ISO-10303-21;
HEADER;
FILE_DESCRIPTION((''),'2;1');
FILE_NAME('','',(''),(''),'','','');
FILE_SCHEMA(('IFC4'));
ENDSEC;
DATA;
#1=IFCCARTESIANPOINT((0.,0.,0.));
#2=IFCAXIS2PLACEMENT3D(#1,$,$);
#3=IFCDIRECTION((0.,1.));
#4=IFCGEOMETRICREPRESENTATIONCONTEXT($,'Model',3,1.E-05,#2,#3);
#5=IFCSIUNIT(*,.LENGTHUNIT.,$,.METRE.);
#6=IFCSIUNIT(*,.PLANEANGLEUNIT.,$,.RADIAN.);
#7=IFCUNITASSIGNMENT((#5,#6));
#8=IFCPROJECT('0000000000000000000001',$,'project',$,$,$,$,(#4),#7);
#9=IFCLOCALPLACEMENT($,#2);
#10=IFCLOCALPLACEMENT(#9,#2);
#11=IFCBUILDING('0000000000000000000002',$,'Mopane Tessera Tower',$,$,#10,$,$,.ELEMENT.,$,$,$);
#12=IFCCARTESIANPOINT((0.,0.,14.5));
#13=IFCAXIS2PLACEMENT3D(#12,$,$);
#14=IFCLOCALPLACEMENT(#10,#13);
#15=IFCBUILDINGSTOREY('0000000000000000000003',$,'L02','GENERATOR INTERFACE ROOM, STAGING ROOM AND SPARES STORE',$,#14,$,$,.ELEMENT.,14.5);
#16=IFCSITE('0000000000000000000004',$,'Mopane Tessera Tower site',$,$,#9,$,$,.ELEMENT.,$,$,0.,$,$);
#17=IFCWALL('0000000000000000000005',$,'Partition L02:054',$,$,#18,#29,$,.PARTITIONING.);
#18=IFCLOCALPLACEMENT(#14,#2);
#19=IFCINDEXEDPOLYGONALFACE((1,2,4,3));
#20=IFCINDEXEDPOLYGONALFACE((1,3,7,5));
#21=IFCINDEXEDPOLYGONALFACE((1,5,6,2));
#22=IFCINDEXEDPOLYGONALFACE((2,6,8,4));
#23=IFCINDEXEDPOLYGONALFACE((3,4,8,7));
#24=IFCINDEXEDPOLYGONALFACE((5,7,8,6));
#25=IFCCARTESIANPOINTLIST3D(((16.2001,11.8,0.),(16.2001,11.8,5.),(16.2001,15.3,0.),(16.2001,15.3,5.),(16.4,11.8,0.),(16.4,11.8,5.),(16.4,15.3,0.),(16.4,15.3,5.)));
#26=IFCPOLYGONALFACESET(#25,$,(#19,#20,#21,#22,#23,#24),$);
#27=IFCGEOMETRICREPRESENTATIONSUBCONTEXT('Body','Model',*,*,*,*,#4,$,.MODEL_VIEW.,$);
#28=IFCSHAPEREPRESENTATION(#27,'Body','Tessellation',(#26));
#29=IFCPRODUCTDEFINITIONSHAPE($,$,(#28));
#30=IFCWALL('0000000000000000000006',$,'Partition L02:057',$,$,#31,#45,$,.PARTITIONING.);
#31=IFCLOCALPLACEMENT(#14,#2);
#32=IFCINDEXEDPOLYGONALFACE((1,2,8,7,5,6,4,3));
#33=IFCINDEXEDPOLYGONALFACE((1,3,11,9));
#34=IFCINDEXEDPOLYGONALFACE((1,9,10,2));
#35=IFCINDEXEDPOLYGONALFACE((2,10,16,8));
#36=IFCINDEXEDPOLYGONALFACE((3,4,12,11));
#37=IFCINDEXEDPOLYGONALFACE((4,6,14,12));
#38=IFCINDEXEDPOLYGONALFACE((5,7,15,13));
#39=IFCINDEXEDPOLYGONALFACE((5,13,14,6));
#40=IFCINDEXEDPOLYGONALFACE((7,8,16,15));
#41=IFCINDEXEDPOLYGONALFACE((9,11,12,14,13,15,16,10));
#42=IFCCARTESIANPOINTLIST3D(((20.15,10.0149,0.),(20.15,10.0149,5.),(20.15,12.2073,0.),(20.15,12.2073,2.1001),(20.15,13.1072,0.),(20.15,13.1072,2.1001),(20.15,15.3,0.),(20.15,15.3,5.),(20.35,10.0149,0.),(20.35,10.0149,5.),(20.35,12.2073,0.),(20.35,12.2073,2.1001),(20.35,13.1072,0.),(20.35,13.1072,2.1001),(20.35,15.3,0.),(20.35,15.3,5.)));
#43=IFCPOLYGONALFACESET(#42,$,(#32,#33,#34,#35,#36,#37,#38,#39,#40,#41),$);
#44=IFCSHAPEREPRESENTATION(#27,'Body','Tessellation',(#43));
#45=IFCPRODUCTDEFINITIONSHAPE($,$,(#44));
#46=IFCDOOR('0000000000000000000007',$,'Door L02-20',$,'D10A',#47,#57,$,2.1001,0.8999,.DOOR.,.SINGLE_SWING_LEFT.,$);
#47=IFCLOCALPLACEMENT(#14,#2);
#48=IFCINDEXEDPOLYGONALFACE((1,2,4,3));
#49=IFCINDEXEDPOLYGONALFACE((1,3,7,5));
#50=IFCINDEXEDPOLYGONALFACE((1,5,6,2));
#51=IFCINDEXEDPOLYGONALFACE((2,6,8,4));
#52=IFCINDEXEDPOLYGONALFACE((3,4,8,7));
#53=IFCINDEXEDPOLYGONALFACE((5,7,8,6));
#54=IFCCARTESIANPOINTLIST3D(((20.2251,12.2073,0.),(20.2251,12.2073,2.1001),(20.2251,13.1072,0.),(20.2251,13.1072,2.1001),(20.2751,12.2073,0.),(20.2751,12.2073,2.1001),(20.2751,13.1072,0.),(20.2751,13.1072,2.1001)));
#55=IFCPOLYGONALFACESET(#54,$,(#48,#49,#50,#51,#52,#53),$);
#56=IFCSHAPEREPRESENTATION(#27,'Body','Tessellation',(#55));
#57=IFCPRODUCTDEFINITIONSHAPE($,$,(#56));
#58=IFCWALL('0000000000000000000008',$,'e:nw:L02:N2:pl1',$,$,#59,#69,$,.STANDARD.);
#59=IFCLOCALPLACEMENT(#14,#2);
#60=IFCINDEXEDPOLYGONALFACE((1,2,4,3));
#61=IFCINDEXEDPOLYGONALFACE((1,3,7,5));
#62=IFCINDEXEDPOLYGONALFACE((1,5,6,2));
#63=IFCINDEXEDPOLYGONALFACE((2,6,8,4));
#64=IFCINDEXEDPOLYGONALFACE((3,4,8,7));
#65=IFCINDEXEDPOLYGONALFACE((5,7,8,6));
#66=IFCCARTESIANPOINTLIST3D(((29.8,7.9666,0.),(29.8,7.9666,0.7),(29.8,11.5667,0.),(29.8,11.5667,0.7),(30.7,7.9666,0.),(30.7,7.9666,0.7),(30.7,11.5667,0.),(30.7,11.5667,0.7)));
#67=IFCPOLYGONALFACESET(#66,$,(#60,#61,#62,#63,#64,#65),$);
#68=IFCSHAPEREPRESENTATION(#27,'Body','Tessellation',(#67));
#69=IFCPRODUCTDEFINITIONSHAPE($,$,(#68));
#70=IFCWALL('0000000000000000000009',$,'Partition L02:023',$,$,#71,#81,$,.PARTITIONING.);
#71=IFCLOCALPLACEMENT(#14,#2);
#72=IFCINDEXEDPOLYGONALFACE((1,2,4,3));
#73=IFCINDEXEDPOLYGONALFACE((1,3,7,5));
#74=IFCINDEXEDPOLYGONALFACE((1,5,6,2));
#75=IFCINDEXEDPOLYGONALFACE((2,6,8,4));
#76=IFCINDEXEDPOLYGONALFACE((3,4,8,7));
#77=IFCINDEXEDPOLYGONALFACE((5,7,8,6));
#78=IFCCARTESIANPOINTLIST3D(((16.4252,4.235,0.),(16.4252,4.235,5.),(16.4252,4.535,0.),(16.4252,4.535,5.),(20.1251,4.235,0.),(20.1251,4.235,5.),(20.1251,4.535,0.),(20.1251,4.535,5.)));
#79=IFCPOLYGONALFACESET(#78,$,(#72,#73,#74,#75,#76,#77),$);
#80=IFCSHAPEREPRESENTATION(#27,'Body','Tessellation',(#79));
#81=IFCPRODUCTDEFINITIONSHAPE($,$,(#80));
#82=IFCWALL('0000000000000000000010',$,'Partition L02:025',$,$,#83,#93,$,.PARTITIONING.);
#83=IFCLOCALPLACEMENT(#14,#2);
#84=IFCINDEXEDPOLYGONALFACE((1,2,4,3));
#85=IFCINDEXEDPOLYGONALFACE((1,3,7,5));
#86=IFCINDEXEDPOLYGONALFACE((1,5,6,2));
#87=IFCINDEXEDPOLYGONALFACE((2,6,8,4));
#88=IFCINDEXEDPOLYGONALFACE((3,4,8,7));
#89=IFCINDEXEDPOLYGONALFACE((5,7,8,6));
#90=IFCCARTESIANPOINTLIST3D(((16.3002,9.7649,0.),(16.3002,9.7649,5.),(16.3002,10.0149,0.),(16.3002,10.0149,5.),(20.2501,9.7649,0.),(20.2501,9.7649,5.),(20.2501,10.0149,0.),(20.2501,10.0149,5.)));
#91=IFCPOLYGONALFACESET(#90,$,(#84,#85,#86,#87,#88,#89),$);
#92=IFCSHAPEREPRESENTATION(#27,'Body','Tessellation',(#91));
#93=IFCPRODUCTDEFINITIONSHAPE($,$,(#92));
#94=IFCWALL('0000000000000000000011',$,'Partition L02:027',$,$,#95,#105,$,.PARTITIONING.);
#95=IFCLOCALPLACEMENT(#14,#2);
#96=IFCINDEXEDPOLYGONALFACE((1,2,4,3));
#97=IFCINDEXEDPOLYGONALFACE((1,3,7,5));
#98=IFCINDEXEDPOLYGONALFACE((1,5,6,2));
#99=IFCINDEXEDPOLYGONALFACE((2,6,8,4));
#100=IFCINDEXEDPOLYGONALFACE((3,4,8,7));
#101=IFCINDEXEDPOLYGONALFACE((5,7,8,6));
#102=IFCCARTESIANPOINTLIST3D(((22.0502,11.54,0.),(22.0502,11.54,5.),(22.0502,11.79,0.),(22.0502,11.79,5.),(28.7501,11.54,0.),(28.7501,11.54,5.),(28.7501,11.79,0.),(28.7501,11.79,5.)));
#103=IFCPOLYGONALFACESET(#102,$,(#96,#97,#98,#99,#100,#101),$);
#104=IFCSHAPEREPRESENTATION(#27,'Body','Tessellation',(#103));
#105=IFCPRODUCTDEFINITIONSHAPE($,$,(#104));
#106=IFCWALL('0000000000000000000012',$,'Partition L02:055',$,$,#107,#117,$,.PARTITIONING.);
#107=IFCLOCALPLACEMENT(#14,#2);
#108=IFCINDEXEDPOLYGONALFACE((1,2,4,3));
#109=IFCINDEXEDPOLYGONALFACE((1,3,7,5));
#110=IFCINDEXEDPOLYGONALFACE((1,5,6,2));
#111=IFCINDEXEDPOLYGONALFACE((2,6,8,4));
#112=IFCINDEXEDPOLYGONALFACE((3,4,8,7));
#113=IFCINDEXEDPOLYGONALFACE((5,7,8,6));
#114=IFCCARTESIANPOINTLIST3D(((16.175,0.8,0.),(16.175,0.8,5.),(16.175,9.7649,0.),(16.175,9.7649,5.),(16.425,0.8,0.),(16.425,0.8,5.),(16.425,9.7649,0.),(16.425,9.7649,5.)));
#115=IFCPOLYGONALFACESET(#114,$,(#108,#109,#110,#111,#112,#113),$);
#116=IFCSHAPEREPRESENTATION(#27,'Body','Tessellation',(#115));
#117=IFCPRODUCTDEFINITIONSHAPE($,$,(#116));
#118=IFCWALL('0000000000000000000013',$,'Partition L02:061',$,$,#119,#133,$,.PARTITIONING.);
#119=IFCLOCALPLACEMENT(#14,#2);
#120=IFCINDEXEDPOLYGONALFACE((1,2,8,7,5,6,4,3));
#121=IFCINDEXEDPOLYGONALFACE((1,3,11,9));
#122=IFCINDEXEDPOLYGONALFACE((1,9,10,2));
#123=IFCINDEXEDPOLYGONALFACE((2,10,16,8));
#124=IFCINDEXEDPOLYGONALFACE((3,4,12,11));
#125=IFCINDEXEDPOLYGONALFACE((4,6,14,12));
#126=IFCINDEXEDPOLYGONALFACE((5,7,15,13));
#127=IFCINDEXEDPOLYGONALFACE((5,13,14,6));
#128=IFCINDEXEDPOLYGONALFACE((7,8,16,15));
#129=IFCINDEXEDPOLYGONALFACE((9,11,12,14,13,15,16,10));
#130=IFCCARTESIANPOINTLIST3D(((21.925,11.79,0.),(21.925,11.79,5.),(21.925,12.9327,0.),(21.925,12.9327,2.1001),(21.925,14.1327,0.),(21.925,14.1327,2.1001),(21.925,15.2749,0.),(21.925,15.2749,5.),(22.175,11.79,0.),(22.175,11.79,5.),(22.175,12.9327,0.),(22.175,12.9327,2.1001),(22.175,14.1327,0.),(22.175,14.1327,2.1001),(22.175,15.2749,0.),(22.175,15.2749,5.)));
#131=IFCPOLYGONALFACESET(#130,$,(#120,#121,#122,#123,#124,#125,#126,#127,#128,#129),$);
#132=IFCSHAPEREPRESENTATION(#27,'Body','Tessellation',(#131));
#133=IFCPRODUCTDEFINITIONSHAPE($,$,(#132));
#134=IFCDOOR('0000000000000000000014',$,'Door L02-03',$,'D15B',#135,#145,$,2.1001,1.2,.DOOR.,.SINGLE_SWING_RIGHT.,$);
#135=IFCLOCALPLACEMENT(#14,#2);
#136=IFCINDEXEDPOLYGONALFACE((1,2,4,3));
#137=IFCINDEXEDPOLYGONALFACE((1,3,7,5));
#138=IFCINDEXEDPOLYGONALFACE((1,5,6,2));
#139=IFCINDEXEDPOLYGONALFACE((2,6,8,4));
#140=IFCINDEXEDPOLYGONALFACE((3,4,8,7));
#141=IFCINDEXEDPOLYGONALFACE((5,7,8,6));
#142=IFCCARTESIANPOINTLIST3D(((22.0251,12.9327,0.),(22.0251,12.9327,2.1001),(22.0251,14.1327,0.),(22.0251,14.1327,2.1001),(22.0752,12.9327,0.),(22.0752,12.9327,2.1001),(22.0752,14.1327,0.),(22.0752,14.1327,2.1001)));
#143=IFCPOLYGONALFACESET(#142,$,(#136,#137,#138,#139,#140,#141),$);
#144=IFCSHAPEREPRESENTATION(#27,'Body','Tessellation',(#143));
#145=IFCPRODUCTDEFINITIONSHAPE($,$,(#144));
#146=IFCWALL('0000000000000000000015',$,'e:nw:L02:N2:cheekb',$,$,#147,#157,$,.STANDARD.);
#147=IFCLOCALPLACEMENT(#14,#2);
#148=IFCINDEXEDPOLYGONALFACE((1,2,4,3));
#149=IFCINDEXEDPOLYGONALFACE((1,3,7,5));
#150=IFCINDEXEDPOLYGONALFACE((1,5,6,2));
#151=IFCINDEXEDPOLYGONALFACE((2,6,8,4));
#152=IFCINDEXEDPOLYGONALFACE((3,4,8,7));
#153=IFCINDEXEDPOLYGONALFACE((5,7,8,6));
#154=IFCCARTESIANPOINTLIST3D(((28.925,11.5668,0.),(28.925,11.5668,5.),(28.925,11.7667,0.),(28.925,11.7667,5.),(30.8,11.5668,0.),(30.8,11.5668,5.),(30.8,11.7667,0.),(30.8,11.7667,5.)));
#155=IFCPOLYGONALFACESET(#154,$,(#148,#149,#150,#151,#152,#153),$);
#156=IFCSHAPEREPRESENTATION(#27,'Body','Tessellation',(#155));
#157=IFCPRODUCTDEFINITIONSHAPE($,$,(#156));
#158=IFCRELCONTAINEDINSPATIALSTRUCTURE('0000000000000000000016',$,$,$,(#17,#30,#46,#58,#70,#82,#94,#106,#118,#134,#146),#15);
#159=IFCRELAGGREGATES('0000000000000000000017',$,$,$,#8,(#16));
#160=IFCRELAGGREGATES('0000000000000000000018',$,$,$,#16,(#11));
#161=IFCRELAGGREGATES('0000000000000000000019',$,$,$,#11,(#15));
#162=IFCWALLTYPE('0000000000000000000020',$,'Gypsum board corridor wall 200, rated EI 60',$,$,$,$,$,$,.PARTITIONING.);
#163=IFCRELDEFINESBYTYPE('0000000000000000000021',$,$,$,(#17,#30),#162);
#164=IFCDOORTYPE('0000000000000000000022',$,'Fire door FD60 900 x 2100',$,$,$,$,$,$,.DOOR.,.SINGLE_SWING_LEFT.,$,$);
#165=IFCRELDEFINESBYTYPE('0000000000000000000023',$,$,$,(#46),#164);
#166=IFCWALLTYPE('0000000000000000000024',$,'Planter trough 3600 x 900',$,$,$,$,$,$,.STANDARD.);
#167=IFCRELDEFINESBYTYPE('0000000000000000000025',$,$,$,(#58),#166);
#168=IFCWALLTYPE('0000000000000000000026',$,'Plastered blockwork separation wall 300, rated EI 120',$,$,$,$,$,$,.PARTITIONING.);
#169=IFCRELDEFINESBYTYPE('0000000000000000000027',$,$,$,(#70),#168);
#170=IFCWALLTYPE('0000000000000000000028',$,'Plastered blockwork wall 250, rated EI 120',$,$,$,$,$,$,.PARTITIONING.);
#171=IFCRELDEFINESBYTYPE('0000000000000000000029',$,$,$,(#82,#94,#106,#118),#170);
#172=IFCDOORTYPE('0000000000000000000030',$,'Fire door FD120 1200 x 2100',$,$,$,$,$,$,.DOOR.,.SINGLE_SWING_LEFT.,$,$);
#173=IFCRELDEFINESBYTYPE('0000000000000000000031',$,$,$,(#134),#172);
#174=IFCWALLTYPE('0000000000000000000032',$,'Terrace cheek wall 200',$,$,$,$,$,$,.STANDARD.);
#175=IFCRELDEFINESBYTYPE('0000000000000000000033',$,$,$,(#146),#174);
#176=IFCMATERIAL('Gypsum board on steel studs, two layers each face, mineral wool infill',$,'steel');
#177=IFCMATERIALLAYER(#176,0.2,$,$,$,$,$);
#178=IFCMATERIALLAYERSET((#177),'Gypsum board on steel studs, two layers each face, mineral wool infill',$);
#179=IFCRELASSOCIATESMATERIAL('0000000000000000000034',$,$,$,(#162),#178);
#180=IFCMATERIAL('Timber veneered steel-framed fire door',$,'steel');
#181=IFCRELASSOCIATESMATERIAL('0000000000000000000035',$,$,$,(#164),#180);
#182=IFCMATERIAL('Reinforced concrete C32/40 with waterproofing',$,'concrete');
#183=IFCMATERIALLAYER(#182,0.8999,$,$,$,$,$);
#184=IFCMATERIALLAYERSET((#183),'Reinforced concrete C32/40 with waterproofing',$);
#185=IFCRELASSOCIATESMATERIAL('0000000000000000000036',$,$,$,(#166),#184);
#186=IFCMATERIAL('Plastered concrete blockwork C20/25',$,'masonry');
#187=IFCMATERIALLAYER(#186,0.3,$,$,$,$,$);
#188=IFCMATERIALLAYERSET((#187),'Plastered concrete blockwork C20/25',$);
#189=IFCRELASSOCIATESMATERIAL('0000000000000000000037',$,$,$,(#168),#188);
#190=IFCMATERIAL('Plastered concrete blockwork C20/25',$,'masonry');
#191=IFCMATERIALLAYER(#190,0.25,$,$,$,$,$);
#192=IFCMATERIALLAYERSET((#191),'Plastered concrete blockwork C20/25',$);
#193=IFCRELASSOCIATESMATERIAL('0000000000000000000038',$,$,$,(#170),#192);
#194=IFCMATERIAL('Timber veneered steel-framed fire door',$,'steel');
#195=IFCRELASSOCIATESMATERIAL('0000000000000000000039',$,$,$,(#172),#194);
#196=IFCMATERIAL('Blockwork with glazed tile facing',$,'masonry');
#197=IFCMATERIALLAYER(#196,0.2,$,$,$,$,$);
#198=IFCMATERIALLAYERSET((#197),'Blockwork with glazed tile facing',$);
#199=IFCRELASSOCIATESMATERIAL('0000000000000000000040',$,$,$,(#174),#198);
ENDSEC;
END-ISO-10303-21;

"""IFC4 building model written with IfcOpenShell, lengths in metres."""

from ifc_helpers import new_model, si_unit, direction, frame, frame_2d, origin, place, context, subcontext, project, spatial, rectangle, extrude, material, layer, layer_set, type_object, element, fill, save


model = new_model("IFC4")

# Units and contexts
model_context = context("Model", 3, precision=1e-05, world=origin(), true_north=direction((0.0, 1.0)))
body_context = subcontext(model_context, "Body", "Model", "MODEL_VIEW")
ifc_project = project(units=[si_unit("LENGTHUNIT", "METRE"), si_unit("PLANEANGLEUNIT", "RADIAN")], contexts=[model_context])

# Site, building, storey
site_placement = place(None, origin())
site = spatial("IfcSite", under=ifc_project, at=site_placement, Name="Mopane Tessera Tower site", CompositionType="ELEMENT", RefElevation=0.0)
building_placement = place(site_placement, origin())
building = spatial("IfcBuilding", under=site, at=building_placement, Name="Mopane Tessera Tower", CompositionType="ELEMENT")
storey_placement = place(building_placement, frame((0.0, 0.0, 14.5)))
storey = spatial("IfcBuildingStorey", under=building, at=storey_placement, Name="L02", Description="GENERATOR INTERFACE ROOM, STAGING ROOM AND SPARES STORE", CompositionType="ELEMENT", Elevation=14.5)

# Wall
ifc_material_1 = material(Name="Gypsum board on steel studs, two layers each face, mineral wool infill", Category="steel")
ifc_layer_1 = layer(ifc_material_1, 0.2)
ifc_layer_set_1 = layer_set([ifc_layer_1], Name="Gypsum board on steel studs, two layers each face, mineral wool infill")
wall_type_1 = type_object("IfcWallType", Name="Gypsum board corridor wall 200, rated EI 60", PredefinedType="PARTITIONING", material=ifc_layer_set_1)
wall_1_placement = place(storey_placement, frame((16.3, 11.8, 0.0), z_axis=(0.0, 0.0, 1.0), x_axis=(0.0, 1.0, 0.0)))
element("IfcWall", 1, at=wall_1_placement, inside=storey, type_object=wall_type_1, Name="Partition L02:054", PredefinedType="PARTITIONING", context=body_context, shape_type="SweptSolid", body=[
    extrude(rectangle(XDim=3.5, YDim=0.2, at=frame_2d((1.75, 0.0))), origin(), (0.0, 0.0, 1.0), 5.0),
])

# Wall, opening, door
wall_2_placement = place(storey_placement, frame((20.25, 10.0149, 0.0), z_axis=(0.0, 0.0, 1.0), x_axis=(0.0, 1.0, 0.0)))
wall_2 = element("IfcWall", 2, at=wall_2_placement, inside=storey, type_object=wall_type_1, Name="Partition L02:057", PredefinedType="PARTITIONING", context=body_context, shape_type="SweptSolid", body=[
    extrude(rectangle(XDim=5.2852, YDim=0.2, at=frame_2d((2.6426, 0.0))), origin(), (0.0, 0.0, 1.0), 5.0),
])
opening_1_placement = place(wall_2_placement, frame((2.1924, 0.0, 0.0)))
opening_1 = element("IfcOpeningElement", 3, at=opening_1_placement, cuts=wall_2, PredefinedType="OPENING", context=body_context, shape_type="SweptSolid", body=[
    extrude(rectangle(XDim=0.8999, YDim=2.1001, at=frame_2d((0.45, 1.05))), frame((0.0, 0.1121, 0.0), z_axis=(0.0, -1.0, 0.0), x_axis=(1.0, 0.0, 0.0)), (0.0, 0.0, 1.0), 0.2239),
])
ifc_material_2 = material(Name="Timber veneered steel-framed fire door", Category="steel")
door_type_1 = type_object("IfcDoorType", Name="Fire door FD60 900 x 2100", OperationType="SINGLE_SWING_LEFT", PredefinedType="DOOR", material=ifc_material_2)
door_1_placement = place(opening_1_placement, origin())
door_1 = element("IfcDoor", 4, at=door_1_placement, inside=storey, type_object=door_type_1, Name="Door L02-20", ObjectType="D10A", OperationType="SINGLE_SWING_LEFT", OverallHeight=2.1001, OverallWidth=0.8999, PredefinedType="DOOR", context=body_context, shape_type="SweptSolid", body=[
    extrude(rectangle(XDim=0.8999, YDim=2.1001, at=frame_2d((0.45, 1.05))), frame((0.0, 0.0249, 0.0), z_axis=(0.0, -1.0, 0.0), x_axis=(1.0, 0.0, 0.0)), (0.0, 0.0, 1.0), 0.05),
])
fill(opening_1, door_1)

# Walls
ifc_material_3 = material(Name="Reinforced concrete C32/40 with waterproofing", Category="concrete")
ifc_layer_2 = layer(ifc_material_3, 0.8999)
ifc_layer_set_2 = layer_set([ifc_layer_2], Name="Reinforced concrete C32/40 with waterproofing")
wall_type_2 = type_object("IfcWallType", Name="Planter trough 3600 x 900", PredefinedType="STANDARD", material=ifc_layer_set_2)
wall_3_placement = place(storey_placement, frame((30.25, 7.9666, 0.0), z_axis=(0.0, 0.0, 1.0), x_axis=(0.0, 1.0, 0.0)))
element("IfcWall", 5, at=wall_3_placement, inside=storey, type_object=wall_type_2, Name="e:nw:L02:N2:pl1", PredefinedType="STANDARD", context=body_context, shape_type="SweptSolid", body=[
    extrude(rectangle(XDim=3.6001, YDim=0.8999, at=frame_2d((1.8, 0.0))), origin(), (0.0, 0.0, 1.0), 0.7),
])
ifc_material_4 = material(Name="Plastered concrete blockwork C20/25", Category="masonry")
ifc_layer_3 = layer(ifc_material_4, 0.3)
ifc_layer_set_3 = layer_set([ifc_layer_3], Name="Plastered concrete blockwork C20/25")
wall_type_3 = type_object("IfcWallType", Name="Plastered blockwork separation wall 300, rated EI 120", PredefinedType="PARTITIONING", material=ifc_layer_set_3)
wall_4_placement = place(storey_placement, frame((16.425, 4.385, 0.0), z_axis=(0.0, 0.0, 1.0), x_axis=(1.0, 0.0, 0.0)))
element("IfcWall", 6, at=wall_4_placement, inside=storey, type_object=wall_type_3, Name="Partition L02:023", PredefinedType="PARTITIONING", context=body_context, shape_type="SweptSolid", body=[
    extrude(rectangle(XDim=3.7, YDim=0.3, at=frame_2d((1.8501, 0.0))), origin(), (0.0, 0.0, 1.0), 5.0),
])
ifc_material_5 = material(Name="Plastered concrete blockwork C20/25", Category="masonry")
ifc_layer_4 = layer(ifc_material_5, 0.25)
ifc_layer_set_4 = layer_set([ifc_layer_4], Name="Plastered concrete blockwork C20/25")
wall_type_4 = type_object("IfcWallType", Name="Plastered blockwork wall 250, rated EI 120", PredefinedType="PARTITIONING", material=ifc_layer_set_4)
wall_5_placement = place(storey_placement, frame((16.3, 9.8899, 0.0), z_axis=(0.0, 0.0, 1.0), x_axis=(1.0, 0.0, 0.0)))
element("IfcWall", 7, at=wall_5_placement, inside=storey, type_object=wall_type_4, Name="Partition L02:025", PredefinedType="PARTITIONING", context=body_context, shape_type="SweptSolid", body=[
    extrude(rectangle(XDim=3.95, YDim=0.25, at=frame_2d((1.9751, 0.0))), origin(), (0.0, 0.0, 1.0), 5.0),
])
wall_6_placement = place(storey_placement, frame((22.05, 11.665, 0.0), z_axis=(0.0, 0.0, 1.0), x_axis=(1.0, 0.0, 0.0)))
element("IfcWall", 8, at=wall_6_placement, inside=storey, type_object=wall_type_4, Name="Partition L02:027", PredefinedType="PARTITIONING", context=body_context, shape_type="SweptSolid", body=[
    extrude(rectangle(XDim=6.7, YDim=0.25, at=frame_2d((3.3501, 0.0))), origin(), (0.0, 0.0, 1.0), 5.0),
])
wall_7_placement = place(storey_placement, frame((16.3, 0.8, 0.0), z_axis=(0.0, 0.0, 1.0), x_axis=(0.0, 1.0, 0.0)))
element("IfcWall", 9, at=wall_7_placement, inside=storey, type_object=wall_type_4, Name="Partition L02:055", PredefinedType="PARTITIONING", context=body_context, shape_type="SweptSolid", body=[
    extrude(rectangle(XDim=8.9648, YDim=0.25, at=frame_2d((4.4824, 0.0))), origin(), (0.0, 0.0, 1.0), 5.0),
])

# Wall, opening, door
wall_8_placement = place(storey_placement, frame((22.05, 11.79, 0.0), z_axis=(0.0, 0.0, 1.0), x_axis=(0.0, 1.0, 0.0)))
wall_8 = element("IfcWall", 10, at=wall_8_placement, inside=storey, type_object=wall_type_4, Name="Partition L02:061", PredefinedType="PARTITIONING", context=body_context, shape_type="SweptSolid", body=[
    extrude(rectangle(XDim=3.4849, YDim=0.25, at=frame_2d((1.7424, 0.0))), origin(), (0.0, 0.0, 1.0), 5.0),
])
opening_2_placement = place(wall_8_placement, frame((1.1426, 0.0, 0.0)))
opening_2 = element("IfcOpeningElement", 11, at=opening_2_placement, cuts=wall_8, PredefinedType="OPENING", context=body_context, shape_type="SweptSolid", body=[
    extrude(rectangle(XDim=1.2, YDim=2.1001, at=frame_2d((0.6001, 1.05))), frame((0.0, 0.137, 0.0), z_axis=(0.0, -1.0, 0.0), x_axis=(1.0, 0.0, 0.0)), (0.0, 0.0, 1.0), 0.2739),
])
ifc_material_6 = material(Name="Timber veneered steel-framed fire door", Category="steel")
door_type_2 = type_object("IfcDoorType", Name="Fire door FD120 1200 x 2100", OperationType="SINGLE_SWING_LEFT", PredefinedType="DOOR", material=ifc_material_6)
door_2_placement = place(opening_2_placement, origin())
door_2 = element("IfcDoor", 12, at=door_2_placement, inside=storey, type_object=door_type_2, Name="Door L02-03", ObjectType="D15B", OperationType="SINGLE_SWING_RIGHT", OverallHeight=2.1001, OverallWidth=1.2, PredefinedType="DOOR", context=body_context, shape_type="SweptSolid", body=[
    extrude(rectangle(XDim=1.2, YDim=2.1001, at=frame_2d((0.6001, 1.05))), frame((0.0, 0.0249, 0.0), z_axis=(0.0, -1.0, 0.0), x_axis=(1.0, 0.0, 0.0)), (0.0, 0.0, 1.0), 0.05),
])
fill(opening_2, door_2)

# Wall
ifc_material_7 = material(Name="Blockwork with glazed tile facing", Category="masonry")
ifc_layer_5 = layer(ifc_material_7, 0.2)
ifc_layer_set_5 = layer_set([ifc_layer_5], Name="Blockwork with glazed tile facing")
wall_type_5 = type_object("IfcWallType", Name="Terrace cheek wall 200", PredefinedType="STANDARD", material=ifc_layer_set_5)
wall_9_placement = place(storey_placement, frame((30.8, 11.6667, 0.0), z_axis=(0.0, 0.0, 1.0), x_axis=(-1.0, 0.0, 0.0)))
element("IfcWall", 13, at=wall_9_placement, inside=storey, type_object=wall_type_5, Name="e:nw:L02:N2:cheekb", PredefinedType="STANDARD", context=body_context, shape_type="SweptSolid", body=[
    extrude(rectangle(XDim=1.875, YDim=0.2, at=frame_2d((0.9375, 0.0))), origin(), (0.0, 0.0, 1.0), 5.0),
])

save(model, "model.ifc")
